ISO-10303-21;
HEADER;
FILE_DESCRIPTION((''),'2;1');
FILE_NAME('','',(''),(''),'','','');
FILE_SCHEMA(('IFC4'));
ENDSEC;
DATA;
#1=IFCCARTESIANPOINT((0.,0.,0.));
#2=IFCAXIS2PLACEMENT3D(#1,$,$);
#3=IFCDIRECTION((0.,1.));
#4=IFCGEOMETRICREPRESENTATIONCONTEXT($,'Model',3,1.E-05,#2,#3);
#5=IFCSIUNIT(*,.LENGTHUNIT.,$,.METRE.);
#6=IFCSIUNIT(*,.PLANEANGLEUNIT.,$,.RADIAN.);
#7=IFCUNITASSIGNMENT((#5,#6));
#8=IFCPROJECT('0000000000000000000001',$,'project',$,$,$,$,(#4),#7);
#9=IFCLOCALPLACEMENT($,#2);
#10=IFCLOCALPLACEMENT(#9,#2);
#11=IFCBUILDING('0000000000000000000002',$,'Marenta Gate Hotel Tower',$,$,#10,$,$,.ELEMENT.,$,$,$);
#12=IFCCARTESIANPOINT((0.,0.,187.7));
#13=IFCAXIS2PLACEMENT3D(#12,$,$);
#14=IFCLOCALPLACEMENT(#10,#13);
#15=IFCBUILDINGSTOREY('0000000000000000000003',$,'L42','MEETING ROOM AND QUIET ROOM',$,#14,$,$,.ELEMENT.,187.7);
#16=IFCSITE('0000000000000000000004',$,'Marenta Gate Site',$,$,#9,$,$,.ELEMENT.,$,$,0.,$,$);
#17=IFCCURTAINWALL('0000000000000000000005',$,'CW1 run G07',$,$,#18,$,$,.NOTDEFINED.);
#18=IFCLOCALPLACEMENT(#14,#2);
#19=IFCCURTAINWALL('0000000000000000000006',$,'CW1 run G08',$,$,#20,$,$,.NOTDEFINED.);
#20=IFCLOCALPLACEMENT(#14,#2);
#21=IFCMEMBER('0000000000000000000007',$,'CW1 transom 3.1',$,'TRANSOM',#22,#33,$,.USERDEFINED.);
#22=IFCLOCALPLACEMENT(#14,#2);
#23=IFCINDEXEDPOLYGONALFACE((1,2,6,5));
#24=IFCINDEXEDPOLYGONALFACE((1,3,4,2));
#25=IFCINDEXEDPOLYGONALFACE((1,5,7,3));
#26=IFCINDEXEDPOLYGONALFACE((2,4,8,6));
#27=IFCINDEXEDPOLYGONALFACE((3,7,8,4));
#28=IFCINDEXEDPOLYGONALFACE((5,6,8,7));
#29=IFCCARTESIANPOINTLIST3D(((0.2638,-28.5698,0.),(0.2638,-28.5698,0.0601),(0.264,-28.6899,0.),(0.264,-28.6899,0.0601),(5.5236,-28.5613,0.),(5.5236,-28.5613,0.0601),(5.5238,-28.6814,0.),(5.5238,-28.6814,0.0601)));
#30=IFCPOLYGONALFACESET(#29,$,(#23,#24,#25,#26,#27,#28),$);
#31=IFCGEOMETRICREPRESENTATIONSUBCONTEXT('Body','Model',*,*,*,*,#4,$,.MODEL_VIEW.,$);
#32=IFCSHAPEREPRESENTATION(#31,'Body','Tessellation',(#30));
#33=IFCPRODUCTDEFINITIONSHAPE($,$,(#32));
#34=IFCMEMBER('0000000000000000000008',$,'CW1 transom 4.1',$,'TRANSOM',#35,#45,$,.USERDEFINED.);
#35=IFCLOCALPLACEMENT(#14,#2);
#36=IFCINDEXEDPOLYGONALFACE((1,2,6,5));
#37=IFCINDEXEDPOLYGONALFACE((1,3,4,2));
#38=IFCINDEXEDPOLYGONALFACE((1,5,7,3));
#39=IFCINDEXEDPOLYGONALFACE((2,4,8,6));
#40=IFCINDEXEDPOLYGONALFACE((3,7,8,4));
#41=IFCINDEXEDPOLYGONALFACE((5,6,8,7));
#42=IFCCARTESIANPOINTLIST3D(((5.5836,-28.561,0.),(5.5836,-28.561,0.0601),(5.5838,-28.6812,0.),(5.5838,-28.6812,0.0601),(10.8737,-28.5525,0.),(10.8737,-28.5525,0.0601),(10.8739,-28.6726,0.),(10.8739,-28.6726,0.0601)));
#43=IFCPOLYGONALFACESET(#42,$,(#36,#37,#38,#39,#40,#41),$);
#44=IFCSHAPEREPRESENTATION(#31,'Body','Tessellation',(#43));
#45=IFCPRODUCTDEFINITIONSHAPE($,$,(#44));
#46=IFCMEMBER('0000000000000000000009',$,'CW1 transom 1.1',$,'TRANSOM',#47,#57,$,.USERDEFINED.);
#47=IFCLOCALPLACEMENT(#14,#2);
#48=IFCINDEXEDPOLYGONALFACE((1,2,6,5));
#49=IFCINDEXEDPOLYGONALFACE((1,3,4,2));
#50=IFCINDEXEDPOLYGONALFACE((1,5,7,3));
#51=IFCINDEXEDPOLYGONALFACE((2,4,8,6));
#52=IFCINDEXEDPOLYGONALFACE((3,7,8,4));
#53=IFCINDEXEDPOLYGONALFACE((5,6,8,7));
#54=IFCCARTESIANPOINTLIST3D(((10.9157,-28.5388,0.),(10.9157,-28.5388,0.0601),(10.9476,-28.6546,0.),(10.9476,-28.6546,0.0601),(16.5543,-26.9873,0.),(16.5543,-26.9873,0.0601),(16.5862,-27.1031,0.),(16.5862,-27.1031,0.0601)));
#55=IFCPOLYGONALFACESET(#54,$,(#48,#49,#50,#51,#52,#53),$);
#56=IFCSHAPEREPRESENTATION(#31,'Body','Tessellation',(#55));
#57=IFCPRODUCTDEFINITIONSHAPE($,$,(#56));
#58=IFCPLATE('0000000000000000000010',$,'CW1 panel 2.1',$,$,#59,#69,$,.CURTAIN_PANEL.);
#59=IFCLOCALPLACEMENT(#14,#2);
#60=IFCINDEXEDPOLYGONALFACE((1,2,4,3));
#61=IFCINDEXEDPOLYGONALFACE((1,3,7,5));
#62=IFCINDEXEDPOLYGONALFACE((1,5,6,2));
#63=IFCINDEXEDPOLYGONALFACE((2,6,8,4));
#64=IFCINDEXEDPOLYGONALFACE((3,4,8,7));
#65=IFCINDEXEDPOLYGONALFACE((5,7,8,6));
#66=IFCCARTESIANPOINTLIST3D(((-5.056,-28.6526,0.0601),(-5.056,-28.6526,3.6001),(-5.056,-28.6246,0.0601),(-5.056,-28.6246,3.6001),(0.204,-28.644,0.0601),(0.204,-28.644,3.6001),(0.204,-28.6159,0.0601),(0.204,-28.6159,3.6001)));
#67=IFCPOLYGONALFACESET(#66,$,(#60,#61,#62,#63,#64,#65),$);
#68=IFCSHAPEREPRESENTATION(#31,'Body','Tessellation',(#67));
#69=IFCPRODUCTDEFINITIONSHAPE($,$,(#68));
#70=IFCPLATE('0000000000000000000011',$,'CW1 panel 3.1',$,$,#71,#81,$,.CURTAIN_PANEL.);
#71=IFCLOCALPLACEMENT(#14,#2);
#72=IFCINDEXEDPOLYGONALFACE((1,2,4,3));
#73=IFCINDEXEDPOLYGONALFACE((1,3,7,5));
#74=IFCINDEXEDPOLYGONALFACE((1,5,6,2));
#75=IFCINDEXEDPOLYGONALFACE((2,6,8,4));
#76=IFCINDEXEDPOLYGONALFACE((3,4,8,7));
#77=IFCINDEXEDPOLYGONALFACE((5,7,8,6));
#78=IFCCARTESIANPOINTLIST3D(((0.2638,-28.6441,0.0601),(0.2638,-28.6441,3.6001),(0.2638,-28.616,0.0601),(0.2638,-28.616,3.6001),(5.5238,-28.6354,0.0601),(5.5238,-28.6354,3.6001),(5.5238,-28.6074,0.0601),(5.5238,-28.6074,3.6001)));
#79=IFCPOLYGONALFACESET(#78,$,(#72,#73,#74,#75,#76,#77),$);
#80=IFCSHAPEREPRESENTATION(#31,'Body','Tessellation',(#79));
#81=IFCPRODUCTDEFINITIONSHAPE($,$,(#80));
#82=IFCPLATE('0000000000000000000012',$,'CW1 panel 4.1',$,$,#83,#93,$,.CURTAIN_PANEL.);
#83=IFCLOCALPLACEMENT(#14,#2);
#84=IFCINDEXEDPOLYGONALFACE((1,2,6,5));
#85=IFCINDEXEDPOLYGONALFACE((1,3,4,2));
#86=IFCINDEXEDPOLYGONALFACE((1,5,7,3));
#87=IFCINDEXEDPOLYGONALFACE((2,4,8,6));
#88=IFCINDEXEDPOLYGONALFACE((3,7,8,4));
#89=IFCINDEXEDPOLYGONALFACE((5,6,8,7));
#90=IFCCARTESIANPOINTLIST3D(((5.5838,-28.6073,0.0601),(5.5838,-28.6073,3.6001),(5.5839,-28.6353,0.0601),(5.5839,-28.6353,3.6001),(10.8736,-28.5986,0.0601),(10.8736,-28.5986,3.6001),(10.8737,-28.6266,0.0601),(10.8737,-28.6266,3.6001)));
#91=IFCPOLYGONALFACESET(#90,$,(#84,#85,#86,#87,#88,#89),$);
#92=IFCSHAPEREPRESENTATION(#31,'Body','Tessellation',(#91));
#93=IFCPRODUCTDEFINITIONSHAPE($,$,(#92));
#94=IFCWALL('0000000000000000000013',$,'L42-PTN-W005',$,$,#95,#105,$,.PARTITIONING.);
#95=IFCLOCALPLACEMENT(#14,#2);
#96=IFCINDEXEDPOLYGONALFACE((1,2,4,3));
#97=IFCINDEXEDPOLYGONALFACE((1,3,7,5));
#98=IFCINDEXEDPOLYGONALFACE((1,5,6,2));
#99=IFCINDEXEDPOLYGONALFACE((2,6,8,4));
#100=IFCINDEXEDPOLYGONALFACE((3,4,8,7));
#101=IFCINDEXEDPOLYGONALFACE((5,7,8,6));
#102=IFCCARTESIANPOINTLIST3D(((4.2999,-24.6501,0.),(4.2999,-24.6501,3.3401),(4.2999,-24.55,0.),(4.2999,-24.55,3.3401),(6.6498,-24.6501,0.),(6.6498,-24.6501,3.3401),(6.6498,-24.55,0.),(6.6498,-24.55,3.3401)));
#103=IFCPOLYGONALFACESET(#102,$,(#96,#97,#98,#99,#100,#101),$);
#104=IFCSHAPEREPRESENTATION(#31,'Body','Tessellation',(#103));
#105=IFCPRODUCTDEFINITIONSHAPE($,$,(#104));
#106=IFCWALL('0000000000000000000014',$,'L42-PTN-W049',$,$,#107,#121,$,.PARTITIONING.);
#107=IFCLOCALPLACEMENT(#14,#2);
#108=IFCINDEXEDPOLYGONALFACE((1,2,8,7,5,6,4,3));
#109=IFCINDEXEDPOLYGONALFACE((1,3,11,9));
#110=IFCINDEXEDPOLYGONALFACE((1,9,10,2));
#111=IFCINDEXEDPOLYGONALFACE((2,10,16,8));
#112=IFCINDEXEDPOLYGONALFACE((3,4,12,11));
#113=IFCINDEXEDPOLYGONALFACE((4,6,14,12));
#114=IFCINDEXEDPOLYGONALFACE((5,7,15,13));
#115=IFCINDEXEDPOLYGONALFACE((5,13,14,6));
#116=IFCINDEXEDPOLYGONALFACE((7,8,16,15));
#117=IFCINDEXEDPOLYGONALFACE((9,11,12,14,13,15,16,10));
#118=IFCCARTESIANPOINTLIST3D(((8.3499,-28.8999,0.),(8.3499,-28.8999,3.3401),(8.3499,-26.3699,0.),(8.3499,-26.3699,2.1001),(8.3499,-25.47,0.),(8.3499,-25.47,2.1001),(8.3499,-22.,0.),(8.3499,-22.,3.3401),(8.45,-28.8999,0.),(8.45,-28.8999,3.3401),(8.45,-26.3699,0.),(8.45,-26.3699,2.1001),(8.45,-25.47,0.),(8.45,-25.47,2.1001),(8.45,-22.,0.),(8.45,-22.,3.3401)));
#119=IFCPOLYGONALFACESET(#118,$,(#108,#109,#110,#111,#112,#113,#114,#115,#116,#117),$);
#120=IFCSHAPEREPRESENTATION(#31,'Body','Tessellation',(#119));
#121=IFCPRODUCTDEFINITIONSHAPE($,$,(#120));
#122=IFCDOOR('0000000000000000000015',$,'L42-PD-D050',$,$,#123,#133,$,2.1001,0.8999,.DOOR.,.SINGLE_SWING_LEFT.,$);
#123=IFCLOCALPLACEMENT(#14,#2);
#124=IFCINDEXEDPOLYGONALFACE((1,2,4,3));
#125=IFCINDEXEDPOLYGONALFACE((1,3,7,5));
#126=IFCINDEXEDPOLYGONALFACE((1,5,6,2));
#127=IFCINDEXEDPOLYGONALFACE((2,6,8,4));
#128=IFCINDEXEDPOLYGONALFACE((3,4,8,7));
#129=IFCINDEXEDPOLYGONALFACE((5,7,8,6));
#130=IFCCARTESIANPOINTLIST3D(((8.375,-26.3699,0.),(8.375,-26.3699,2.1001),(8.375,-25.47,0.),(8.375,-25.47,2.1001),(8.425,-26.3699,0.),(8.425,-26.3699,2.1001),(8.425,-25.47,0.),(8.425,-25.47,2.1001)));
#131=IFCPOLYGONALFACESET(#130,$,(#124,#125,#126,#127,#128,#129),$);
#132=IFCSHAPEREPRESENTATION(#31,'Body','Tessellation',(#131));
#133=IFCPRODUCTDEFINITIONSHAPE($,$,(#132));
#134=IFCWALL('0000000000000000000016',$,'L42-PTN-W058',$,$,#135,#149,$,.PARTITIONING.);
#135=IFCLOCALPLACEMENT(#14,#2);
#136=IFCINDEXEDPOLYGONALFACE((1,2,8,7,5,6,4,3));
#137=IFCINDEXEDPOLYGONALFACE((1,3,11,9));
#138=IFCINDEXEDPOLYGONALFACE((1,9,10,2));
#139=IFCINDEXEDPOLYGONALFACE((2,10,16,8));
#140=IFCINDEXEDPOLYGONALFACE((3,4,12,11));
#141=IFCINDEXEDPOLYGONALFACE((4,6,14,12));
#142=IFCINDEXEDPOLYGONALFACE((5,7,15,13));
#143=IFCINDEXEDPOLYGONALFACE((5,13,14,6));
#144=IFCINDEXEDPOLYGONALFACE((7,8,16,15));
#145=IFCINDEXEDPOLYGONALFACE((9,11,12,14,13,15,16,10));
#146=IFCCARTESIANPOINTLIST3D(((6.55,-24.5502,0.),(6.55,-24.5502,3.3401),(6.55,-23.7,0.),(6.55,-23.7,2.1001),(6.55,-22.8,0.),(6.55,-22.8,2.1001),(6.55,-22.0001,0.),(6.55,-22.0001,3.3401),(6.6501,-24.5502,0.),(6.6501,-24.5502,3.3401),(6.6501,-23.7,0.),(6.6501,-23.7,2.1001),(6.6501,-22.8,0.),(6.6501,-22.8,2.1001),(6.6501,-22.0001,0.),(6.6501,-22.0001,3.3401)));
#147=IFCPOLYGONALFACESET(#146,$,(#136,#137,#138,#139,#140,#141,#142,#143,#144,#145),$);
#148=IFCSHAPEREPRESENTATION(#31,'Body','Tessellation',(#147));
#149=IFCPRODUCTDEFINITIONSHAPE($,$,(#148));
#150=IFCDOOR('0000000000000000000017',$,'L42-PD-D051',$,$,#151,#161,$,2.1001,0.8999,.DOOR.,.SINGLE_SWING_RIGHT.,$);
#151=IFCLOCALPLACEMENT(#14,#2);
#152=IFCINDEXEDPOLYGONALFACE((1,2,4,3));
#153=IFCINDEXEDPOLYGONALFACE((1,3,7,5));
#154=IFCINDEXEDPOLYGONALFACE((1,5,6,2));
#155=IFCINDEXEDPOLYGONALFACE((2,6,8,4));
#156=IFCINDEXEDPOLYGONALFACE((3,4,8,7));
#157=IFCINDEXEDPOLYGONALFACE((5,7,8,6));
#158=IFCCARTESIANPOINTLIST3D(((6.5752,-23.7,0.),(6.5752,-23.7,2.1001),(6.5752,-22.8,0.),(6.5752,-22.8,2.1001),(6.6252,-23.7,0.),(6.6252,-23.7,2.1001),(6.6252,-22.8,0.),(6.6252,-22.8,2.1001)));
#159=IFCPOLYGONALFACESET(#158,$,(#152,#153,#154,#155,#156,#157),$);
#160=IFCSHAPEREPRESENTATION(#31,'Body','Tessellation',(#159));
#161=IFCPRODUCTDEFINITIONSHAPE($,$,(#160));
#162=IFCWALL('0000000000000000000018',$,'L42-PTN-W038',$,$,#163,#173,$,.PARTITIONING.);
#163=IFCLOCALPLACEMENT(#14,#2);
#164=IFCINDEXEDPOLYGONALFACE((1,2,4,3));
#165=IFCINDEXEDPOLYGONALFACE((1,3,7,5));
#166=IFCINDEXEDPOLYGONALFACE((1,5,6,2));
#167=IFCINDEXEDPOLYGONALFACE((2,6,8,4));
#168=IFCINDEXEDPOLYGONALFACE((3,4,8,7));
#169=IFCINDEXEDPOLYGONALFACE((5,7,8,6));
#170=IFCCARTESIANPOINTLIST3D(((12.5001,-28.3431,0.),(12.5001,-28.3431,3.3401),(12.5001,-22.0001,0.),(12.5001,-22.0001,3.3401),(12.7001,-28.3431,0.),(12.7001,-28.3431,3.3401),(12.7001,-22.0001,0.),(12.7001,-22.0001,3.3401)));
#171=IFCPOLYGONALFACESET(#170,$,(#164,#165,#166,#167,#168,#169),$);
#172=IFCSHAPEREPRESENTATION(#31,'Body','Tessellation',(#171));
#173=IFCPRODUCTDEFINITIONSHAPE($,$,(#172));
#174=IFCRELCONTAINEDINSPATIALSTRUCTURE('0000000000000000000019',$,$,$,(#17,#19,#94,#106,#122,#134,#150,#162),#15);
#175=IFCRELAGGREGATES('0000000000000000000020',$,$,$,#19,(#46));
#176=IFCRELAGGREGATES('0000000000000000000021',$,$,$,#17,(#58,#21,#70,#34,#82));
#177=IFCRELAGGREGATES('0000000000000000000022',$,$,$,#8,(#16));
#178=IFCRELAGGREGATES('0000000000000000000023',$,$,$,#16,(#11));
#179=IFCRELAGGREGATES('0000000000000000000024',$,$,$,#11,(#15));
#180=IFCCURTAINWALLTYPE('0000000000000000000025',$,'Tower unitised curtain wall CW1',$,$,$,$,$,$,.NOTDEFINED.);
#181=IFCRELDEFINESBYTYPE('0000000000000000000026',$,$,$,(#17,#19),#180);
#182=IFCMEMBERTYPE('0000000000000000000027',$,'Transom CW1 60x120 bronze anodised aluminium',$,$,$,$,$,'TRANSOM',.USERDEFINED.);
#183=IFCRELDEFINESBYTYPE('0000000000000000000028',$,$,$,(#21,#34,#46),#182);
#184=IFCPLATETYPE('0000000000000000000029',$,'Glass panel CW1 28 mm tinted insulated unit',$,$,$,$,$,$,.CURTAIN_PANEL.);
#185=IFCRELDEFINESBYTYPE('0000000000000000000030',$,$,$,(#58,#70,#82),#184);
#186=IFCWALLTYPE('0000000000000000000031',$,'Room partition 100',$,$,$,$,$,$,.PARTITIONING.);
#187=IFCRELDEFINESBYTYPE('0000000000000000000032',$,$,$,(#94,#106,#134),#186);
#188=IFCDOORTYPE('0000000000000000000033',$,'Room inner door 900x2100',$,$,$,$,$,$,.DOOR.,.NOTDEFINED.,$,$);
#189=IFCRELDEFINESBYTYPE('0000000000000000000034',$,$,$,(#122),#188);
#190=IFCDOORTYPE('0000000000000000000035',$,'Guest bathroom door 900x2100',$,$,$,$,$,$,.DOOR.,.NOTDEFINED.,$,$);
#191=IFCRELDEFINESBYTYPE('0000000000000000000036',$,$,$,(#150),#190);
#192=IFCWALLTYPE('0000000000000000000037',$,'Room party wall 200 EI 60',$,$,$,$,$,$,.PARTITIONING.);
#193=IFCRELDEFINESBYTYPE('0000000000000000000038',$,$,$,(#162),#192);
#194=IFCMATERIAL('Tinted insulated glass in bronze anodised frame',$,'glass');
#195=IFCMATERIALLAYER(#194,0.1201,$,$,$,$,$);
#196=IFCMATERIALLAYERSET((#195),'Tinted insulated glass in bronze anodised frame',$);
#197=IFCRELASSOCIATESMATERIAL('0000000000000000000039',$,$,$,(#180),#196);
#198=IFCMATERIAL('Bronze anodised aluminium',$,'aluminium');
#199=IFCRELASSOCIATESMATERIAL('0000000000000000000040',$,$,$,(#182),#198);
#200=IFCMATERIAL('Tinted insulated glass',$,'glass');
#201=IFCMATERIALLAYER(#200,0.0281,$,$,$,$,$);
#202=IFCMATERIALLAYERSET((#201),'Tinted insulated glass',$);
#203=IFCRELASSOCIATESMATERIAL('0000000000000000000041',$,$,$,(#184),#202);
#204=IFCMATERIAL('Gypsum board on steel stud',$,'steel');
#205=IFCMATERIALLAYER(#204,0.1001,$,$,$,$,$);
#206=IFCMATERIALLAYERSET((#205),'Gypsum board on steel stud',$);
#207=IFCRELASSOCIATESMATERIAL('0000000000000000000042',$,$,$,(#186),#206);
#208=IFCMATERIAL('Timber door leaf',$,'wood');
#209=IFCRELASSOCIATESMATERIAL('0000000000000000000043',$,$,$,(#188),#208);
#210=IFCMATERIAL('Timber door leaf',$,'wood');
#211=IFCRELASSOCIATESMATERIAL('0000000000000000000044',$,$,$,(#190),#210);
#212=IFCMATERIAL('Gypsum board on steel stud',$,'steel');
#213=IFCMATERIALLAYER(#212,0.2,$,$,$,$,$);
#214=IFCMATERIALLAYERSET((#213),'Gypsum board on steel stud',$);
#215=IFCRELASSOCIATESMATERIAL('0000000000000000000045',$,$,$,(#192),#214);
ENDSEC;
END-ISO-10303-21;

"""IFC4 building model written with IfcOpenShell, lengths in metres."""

from ifc_helpers import new_model, si_unit, direction, frame, frame_2d, origin, origin_2d, place, context, subcontext, project, spatial, rectangle, extrude, material, layer, layer_set, material_profile, profile_set, type_object, element, fill, aggregate, save


model = new_model("IFC4")

# Units and contexts
model_context = context("Model", 3, precision=1e-05, world=origin(), true_north=direction((0.0, 1.0)))
body_context = subcontext(model_context, "Body", "Model", "MODEL_VIEW")
ifc_project = project(units=[si_unit("LENGTHUNIT", "METRE"), si_unit("PLANEANGLEUNIT", "RADIAN")], contexts=[model_context])

# Site, building, storey
site_placement = place(None, origin())
site = spatial("IfcSite", under=ifc_project, at=site_placement, Name="Marenta Gate Site", CompositionType="ELEMENT", RefElevation=0.0)
building_placement = place(site_placement, origin())
building = spatial("IfcBuilding", under=site, at=building_placement, Name="Marenta Gate Hotel Tower", CompositionType="ELEMENT")
storey_placement = place(building_placement, frame((0.0, 0.0, 187.7)))
storey = spatial("IfcBuildingStorey", under=building, at=storey_placement, Name="L42", Description="MEETING ROOM AND QUIET ROOM", CompositionType="ELEMENT", Elevation=187.7)

# Curtain wall
ifc_material_1 = material(Name="Tinted insulated glass in bronze anodised frame", Category="glass")
ifc_layer_1 = layer(ifc_material_1, 0.1201)
ifc_layer_set_1 = layer_set([ifc_layer_1], Name="Tinted insulated glass in bronze anodised frame")
curtain_wall_type = type_object("IfcCurtainWallType", Name="Tower unitised curtain wall CW1", PredefinedType="NOTDEFINED", material=ifc_layer_set_1)
curtain_wall_1_placement = place(storey_placement, origin())
curtain_wall_1 = element("IfcCurtainWall", 1, at=curtain_wall_1_placement, inside=storey, type_object=curtain_wall_type, Name="CW1 run G07", PredefinedType="NOTDEFINED")

# Curtain wall
curtain_wall_2_placement = place(storey_placement, origin())
curtain_wall_2 = element("IfcCurtainWall", 2, at=curtain_wall_2_placement, inside=storey, type_object=curtain_wall_type, Name="CW1 run G08", PredefinedType="NOTDEFINED")

# Members
ifc_material_2 = material(Name="Bronze anodised aluminium", Category="aluminium")
ifc_material_profile_1 = material_profile(ifc_material_2, rectangle(XDim=0.1201, YDim=0.0601, at=origin_2d()), Name="Transom CW1 60x120 bronze anodised aluminium")
ifc_profile_set_1 = profile_set([ifc_material_profile_1], Name="Bronze anodised aluminium")
member_type_1 = type_object("IfcMemberType", Name="Transom CW1 60x120 bronze anodised aluminium", ElementType="TRANSOM", PredefinedType="USERDEFINED", material=ifc_profile_set_1)
member_1_placement = place(storey_placement, frame((0.2639, -28.6299, 0.03), z_axis=(0.999999, 0.001625, 0.0), x_axis=(-0.001625, 0.999999, 0.0)))
member_1 = element("IfcMember", 3, at=member_1_placement, type_object=member_type_1, Name="CW1 transom 3.1", ObjectType="TRANSOM", PredefinedType="USERDEFINED", context=body_context, shape_type="SweptSolid", body=[
    extrude(rectangle(XDim=0.1201, YDim=0.0601, at=origin_2d()), origin(), (0.0, 0.0, 1.0), 5.2598),
])
member_2_placement = place(storey_placement, frame((5.5837, -28.6211, 0.03), z_axis=(0.999999, 0.001615, 0.0), x_axis=(-0.001615, 0.999999, 0.0)))
member_2 = element("IfcMember", 4, at=member_2_placement, type_object=member_type_1, Name="CW1 transom 4.1", ObjectType="TRANSOM", PredefinedType="USERDEFINED", context=body_context, shape_type="SweptSolid", body=[
    extrude(rectangle(XDim=0.1201, YDim=0.0601, at=origin_2d()), origin(), (0.0, 0.0, 1.0), 5.29),
])
member_3_placement = place(storey_placement, frame((10.9316, -28.5967, 0.03), z_axis=(0.964167, 0.265296, 0.0), x_axis=(-0.265296, 0.964167, 0.0)))
member_3 = element("IfcMember", 5, at=member_3_placement, type_object=member_type_1, Name="CW1 transom 1.1", ObjectType="TRANSOM", PredefinedType="USERDEFINED", context=body_context, shape_type="SweptSolid", body=[
    extrude(rectangle(XDim=0.1201, YDim=0.0601, at=origin_2d()), origin(), (0.0, 0.0, 1.0), 5.8481),
])
aggregate(curtain_wall_2, [member_3])

# Plates
ifc_material_3 = material(Name="Tinted insulated glass", Category="glass")
ifc_layer_2 = layer(ifc_material_3, 0.0281)
ifc_layer_set_2 = layer_set([ifc_layer_2], Name="Tinted insulated glass")
plate_type = type_object("IfcPlateType", Name="Glass panel CW1 28 mm tinted insulated unit", PredefinedType="CURTAIN_PANEL", material=ifc_layer_set_2)
plate_1_placement = place(storey_placement, frame((-2.426, -28.6343, 0.0601), z_axis=(0.0, 0.0, 1.0), x_axis=(0.999999, 0.001645, 0.0)))
plate_1 = element("IfcPlate", 6, at=plate_1_placement, type_object=plate_type, Name="CW1 panel 2.1", PredefinedType="CURTAIN_PANEL", context=body_context, shape_type="SweptSolid", body=[
    extrude(rectangle(XDim=5.26, YDim=0.0281, at=origin_2d()), origin(), (0.0, 0.0, 1.0), 3.54),
])
plate_2_placement = place(storey_placement, frame((2.8938, -28.6257, 0.0601), z_axis=(0.0, 0.0, 1.0), x_axis=(0.999999, 0.001645, 0.0)))
plate_2 = element("IfcPlate", 7, at=plate_2_placement, type_object=plate_type, Name="CW1 panel 3.1", PredefinedType="CURTAIN_PANEL", context=body_context, shape_type="SweptSolid", body=[
    extrude(rectangle(XDim=5.26, YDim=0.0281, at=origin_2d()), origin(), (0.0, 0.0, 1.0), 3.54),
])
plate_3_placement = place(storey_placement, frame((8.2288, -28.6169, 0.0601), z_axis=(0.0, 0.0, 1.0), x_axis=(0.999999, 0.001645, 0.0)))
plate_3 = element("IfcPlate", 8, at=plate_3_placement, type_object=plate_type, Name="CW1 panel 4.1", PredefinedType="CURTAIN_PANEL", context=body_context, shape_type="SweptSolid", body=[
    extrude(rectangle(XDim=5.2898, YDim=0.0281, at=origin_2d()), origin(), (0.0, 0.0, 1.0), 3.54),
])
aggregate(curtain_wall_1, [plate_1, member_1, plate_2, member_2, plate_3])

# Wall
ifc_material_4 = material(Name="Gypsum board on steel stud", Category="steel")
ifc_layer_3 = layer(ifc_material_4, 0.1001)
ifc_layer_set_3 = layer_set([ifc_layer_3], Name="Gypsum board on steel stud")
wall_type_1 = type_object("IfcWallType", Name="Room partition 100", PredefinedType="PARTITIONING", material=ifc_layer_set_3)
wall_1_placement = place(storey_placement, frame((4.3, -24.6001, 0.0), z_axis=(0.0, 0.0, 1.0), x_axis=(1.0, 0.0, 0.0)))
element("IfcWall", 9, at=wall_1_placement, inside=storey, type_object=wall_type_1, Name="L42-PTN-W005", PredefinedType="PARTITIONING", context=body_context, shape_type="SweptSolid", body=[
    extrude(rectangle(XDim=2.3499, YDim=0.1001, at=frame_2d((1.1748, 0.0))), origin(), (0.0, 0.0, 1.0), 3.3401),
])

# Walls, openings, doors
wall_2_placement = place(storey_placement, frame((8.3999, -28.8999, 0.0), z_axis=(0.0, 0.0, 1.0), x_axis=(0.0, 1.0, 0.0)))
wall_2 = element("IfcWall", 10, at=wall_2_placement, inside=storey, type_object=wall_type_1, Name="L42-PTN-W049", PredefinedType="PARTITIONING", context=body_context, shape_type="SweptSolid", body=[
    extrude(rectangle(XDim=6.8999, YDim=0.1001, at=frame_2d((3.45, 0.0))), origin(), (0.0, 0.0, 1.0), 3.3401),
])
opening_1_placement = place(wall_2_placement, frame((2.53, 0.0, 0.0)))
opening_1 = element("IfcOpeningElement", 11, at=opening_1_placement, cuts=wall_2, PredefinedType="OPENING", context=body_context, shape_type="SweptSolid", body=[
    extrude(rectangle(XDim=0.8999, YDim=2.1001, at=frame_2d((0.45, 1.05))), frame((0.0, 0.05, 0.0), z_axis=(0.0, -1.0, 0.0), x_axis=(1.0, 0.0, 0.0)), (0.0, 0.0, 1.0), 0.1001),
])
ifc_material_5 = material(Name="Timber door leaf", Category="wood")
door_type_1 = type_object("IfcDoorType", Name="Room inner door 900x2100", OperationType="NOTDEFINED", PredefinedType="DOOR", material=ifc_material_5)
door_1_placement = place(opening_1_placement, origin())
door_1 = element("IfcDoor", 12, at=door_1_placement, inside=storey, type_object=door_type_1, Name="L42-PD-D050", OperationType="SINGLE_SWING_LEFT", OverallHeight=2.1001, OverallWidth=0.8999, PredefinedType="DOOR", context=body_context, shape_type="SweptSolid", body=[
    extrude(rectangle(XDim=0.8999, YDim=2.1001, at=frame_2d((0.45, 1.05))), frame((0.0, 0.0249, 0.0), z_axis=(0.0, -1.0, 0.0), x_axis=(1.0, 0.0, 0.0)), (0.0, 0.0, 1.0), 0.05),
])
fill(opening_1, door_1)
wall_3_placement = place(storey_placement, frame((6.6001, -24.55, 0.0), z_axis=(0.0, 0.0, 1.0), x_axis=(0.0, 1.0, 0.0)))
wall_3 = element("IfcWall", 13, at=wall_3_placement, inside=storey, type_object=wall_type_1, Name="L42-PTN-W058", PredefinedType="PARTITIONING", context=body_context, shape_type="SweptSolid", body=[
    extrude(rectangle(XDim=2.55, YDim=0.1001, at=frame_2d((1.2749, 0.0))), origin(), (0.0, 0.0, 1.0), 3.3401),
])
opening_2_placement = place(wall_3_placement, frame((0.8501, 0.0, 0.0)))
opening_2 = element("IfcOpeningElement", 14, at=opening_2_placement, cuts=wall_3, PredefinedType="OPENING", context=body_context, shape_type="SweptSolid", body=[
    extrude(rectangle(XDim=0.8999, YDim=2.1001, at=frame_2d((0.45, 1.05))), frame((0.0, 0.05, 0.0), z_axis=(0.0, -1.0, 0.0), x_axis=(1.0, 0.0, 0.0)), (0.0, 0.0, 1.0), 0.1001),
])
ifc_material_6 = material(Name="Timber door leaf", Category="wood")
door_type_2 = type_object("IfcDoorType", Name="Guest bathroom door 900x2100", OperationType="NOTDEFINED", PredefinedType="DOOR", material=ifc_material_6)
door_2_placement = place(opening_2_placement, origin())
door_2 = element("IfcDoor", 15, at=door_2_placement, inside=storey, type_object=door_type_2, Name="L42-PD-D051", OperationType="SINGLE_SWING_RIGHT", OverallHeight=2.1001, OverallWidth=0.8999, PredefinedType="DOOR", context=body_context, shape_type="SweptSolid", body=[
    extrude(rectangle(XDim=0.8999, YDim=2.1001, at=frame_2d((0.45, 1.05))), frame((0.0, 0.0249, 0.0), z_axis=(0.0, -1.0, 0.0), x_axis=(1.0, 0.0, 0.0)), (0.0, 0.0, 1.0), 0.05),
])
fill(opening_2, door_2)

# Wall
ifc_material_7 = material(Name="Gypsum board on steel stud", Category="steel")
ifc_layer_4 = layer(ifc_material_7, 0.2)
ifc_layer_set_4 = layer_set([ifc_layer_4], Name="Gypsum board on steel stud")
wall_type_2 = type_object("IfcWallType", Name="Room party wall 200 EI 60", PredefinedType="PARTITIONING", material=ifc_layer_set_4)
wall_4_placement = place(storey_placement, frame((12.6001, -28.343, 0.0), z_axis=(0.0, 0.0, 1.0), x_axis=(0.0, 1.0, 0.0)))
element("IfcWall", 16, at=wall_4_placement, inside=storey, type_object=wall_type_2, Name="L42-PTN-W038", PredefinedType="PARTITIONING", context=body_context, shape_type="SweptSolid", body=[
    extrude(rectangle(XDim=6.343, YDim=0.2, at=frame_2d((3.1714, 0.0))), origin(), (0.0, 0.0, 1.0), 3.3401),
])

save(model, "model.ifc")
